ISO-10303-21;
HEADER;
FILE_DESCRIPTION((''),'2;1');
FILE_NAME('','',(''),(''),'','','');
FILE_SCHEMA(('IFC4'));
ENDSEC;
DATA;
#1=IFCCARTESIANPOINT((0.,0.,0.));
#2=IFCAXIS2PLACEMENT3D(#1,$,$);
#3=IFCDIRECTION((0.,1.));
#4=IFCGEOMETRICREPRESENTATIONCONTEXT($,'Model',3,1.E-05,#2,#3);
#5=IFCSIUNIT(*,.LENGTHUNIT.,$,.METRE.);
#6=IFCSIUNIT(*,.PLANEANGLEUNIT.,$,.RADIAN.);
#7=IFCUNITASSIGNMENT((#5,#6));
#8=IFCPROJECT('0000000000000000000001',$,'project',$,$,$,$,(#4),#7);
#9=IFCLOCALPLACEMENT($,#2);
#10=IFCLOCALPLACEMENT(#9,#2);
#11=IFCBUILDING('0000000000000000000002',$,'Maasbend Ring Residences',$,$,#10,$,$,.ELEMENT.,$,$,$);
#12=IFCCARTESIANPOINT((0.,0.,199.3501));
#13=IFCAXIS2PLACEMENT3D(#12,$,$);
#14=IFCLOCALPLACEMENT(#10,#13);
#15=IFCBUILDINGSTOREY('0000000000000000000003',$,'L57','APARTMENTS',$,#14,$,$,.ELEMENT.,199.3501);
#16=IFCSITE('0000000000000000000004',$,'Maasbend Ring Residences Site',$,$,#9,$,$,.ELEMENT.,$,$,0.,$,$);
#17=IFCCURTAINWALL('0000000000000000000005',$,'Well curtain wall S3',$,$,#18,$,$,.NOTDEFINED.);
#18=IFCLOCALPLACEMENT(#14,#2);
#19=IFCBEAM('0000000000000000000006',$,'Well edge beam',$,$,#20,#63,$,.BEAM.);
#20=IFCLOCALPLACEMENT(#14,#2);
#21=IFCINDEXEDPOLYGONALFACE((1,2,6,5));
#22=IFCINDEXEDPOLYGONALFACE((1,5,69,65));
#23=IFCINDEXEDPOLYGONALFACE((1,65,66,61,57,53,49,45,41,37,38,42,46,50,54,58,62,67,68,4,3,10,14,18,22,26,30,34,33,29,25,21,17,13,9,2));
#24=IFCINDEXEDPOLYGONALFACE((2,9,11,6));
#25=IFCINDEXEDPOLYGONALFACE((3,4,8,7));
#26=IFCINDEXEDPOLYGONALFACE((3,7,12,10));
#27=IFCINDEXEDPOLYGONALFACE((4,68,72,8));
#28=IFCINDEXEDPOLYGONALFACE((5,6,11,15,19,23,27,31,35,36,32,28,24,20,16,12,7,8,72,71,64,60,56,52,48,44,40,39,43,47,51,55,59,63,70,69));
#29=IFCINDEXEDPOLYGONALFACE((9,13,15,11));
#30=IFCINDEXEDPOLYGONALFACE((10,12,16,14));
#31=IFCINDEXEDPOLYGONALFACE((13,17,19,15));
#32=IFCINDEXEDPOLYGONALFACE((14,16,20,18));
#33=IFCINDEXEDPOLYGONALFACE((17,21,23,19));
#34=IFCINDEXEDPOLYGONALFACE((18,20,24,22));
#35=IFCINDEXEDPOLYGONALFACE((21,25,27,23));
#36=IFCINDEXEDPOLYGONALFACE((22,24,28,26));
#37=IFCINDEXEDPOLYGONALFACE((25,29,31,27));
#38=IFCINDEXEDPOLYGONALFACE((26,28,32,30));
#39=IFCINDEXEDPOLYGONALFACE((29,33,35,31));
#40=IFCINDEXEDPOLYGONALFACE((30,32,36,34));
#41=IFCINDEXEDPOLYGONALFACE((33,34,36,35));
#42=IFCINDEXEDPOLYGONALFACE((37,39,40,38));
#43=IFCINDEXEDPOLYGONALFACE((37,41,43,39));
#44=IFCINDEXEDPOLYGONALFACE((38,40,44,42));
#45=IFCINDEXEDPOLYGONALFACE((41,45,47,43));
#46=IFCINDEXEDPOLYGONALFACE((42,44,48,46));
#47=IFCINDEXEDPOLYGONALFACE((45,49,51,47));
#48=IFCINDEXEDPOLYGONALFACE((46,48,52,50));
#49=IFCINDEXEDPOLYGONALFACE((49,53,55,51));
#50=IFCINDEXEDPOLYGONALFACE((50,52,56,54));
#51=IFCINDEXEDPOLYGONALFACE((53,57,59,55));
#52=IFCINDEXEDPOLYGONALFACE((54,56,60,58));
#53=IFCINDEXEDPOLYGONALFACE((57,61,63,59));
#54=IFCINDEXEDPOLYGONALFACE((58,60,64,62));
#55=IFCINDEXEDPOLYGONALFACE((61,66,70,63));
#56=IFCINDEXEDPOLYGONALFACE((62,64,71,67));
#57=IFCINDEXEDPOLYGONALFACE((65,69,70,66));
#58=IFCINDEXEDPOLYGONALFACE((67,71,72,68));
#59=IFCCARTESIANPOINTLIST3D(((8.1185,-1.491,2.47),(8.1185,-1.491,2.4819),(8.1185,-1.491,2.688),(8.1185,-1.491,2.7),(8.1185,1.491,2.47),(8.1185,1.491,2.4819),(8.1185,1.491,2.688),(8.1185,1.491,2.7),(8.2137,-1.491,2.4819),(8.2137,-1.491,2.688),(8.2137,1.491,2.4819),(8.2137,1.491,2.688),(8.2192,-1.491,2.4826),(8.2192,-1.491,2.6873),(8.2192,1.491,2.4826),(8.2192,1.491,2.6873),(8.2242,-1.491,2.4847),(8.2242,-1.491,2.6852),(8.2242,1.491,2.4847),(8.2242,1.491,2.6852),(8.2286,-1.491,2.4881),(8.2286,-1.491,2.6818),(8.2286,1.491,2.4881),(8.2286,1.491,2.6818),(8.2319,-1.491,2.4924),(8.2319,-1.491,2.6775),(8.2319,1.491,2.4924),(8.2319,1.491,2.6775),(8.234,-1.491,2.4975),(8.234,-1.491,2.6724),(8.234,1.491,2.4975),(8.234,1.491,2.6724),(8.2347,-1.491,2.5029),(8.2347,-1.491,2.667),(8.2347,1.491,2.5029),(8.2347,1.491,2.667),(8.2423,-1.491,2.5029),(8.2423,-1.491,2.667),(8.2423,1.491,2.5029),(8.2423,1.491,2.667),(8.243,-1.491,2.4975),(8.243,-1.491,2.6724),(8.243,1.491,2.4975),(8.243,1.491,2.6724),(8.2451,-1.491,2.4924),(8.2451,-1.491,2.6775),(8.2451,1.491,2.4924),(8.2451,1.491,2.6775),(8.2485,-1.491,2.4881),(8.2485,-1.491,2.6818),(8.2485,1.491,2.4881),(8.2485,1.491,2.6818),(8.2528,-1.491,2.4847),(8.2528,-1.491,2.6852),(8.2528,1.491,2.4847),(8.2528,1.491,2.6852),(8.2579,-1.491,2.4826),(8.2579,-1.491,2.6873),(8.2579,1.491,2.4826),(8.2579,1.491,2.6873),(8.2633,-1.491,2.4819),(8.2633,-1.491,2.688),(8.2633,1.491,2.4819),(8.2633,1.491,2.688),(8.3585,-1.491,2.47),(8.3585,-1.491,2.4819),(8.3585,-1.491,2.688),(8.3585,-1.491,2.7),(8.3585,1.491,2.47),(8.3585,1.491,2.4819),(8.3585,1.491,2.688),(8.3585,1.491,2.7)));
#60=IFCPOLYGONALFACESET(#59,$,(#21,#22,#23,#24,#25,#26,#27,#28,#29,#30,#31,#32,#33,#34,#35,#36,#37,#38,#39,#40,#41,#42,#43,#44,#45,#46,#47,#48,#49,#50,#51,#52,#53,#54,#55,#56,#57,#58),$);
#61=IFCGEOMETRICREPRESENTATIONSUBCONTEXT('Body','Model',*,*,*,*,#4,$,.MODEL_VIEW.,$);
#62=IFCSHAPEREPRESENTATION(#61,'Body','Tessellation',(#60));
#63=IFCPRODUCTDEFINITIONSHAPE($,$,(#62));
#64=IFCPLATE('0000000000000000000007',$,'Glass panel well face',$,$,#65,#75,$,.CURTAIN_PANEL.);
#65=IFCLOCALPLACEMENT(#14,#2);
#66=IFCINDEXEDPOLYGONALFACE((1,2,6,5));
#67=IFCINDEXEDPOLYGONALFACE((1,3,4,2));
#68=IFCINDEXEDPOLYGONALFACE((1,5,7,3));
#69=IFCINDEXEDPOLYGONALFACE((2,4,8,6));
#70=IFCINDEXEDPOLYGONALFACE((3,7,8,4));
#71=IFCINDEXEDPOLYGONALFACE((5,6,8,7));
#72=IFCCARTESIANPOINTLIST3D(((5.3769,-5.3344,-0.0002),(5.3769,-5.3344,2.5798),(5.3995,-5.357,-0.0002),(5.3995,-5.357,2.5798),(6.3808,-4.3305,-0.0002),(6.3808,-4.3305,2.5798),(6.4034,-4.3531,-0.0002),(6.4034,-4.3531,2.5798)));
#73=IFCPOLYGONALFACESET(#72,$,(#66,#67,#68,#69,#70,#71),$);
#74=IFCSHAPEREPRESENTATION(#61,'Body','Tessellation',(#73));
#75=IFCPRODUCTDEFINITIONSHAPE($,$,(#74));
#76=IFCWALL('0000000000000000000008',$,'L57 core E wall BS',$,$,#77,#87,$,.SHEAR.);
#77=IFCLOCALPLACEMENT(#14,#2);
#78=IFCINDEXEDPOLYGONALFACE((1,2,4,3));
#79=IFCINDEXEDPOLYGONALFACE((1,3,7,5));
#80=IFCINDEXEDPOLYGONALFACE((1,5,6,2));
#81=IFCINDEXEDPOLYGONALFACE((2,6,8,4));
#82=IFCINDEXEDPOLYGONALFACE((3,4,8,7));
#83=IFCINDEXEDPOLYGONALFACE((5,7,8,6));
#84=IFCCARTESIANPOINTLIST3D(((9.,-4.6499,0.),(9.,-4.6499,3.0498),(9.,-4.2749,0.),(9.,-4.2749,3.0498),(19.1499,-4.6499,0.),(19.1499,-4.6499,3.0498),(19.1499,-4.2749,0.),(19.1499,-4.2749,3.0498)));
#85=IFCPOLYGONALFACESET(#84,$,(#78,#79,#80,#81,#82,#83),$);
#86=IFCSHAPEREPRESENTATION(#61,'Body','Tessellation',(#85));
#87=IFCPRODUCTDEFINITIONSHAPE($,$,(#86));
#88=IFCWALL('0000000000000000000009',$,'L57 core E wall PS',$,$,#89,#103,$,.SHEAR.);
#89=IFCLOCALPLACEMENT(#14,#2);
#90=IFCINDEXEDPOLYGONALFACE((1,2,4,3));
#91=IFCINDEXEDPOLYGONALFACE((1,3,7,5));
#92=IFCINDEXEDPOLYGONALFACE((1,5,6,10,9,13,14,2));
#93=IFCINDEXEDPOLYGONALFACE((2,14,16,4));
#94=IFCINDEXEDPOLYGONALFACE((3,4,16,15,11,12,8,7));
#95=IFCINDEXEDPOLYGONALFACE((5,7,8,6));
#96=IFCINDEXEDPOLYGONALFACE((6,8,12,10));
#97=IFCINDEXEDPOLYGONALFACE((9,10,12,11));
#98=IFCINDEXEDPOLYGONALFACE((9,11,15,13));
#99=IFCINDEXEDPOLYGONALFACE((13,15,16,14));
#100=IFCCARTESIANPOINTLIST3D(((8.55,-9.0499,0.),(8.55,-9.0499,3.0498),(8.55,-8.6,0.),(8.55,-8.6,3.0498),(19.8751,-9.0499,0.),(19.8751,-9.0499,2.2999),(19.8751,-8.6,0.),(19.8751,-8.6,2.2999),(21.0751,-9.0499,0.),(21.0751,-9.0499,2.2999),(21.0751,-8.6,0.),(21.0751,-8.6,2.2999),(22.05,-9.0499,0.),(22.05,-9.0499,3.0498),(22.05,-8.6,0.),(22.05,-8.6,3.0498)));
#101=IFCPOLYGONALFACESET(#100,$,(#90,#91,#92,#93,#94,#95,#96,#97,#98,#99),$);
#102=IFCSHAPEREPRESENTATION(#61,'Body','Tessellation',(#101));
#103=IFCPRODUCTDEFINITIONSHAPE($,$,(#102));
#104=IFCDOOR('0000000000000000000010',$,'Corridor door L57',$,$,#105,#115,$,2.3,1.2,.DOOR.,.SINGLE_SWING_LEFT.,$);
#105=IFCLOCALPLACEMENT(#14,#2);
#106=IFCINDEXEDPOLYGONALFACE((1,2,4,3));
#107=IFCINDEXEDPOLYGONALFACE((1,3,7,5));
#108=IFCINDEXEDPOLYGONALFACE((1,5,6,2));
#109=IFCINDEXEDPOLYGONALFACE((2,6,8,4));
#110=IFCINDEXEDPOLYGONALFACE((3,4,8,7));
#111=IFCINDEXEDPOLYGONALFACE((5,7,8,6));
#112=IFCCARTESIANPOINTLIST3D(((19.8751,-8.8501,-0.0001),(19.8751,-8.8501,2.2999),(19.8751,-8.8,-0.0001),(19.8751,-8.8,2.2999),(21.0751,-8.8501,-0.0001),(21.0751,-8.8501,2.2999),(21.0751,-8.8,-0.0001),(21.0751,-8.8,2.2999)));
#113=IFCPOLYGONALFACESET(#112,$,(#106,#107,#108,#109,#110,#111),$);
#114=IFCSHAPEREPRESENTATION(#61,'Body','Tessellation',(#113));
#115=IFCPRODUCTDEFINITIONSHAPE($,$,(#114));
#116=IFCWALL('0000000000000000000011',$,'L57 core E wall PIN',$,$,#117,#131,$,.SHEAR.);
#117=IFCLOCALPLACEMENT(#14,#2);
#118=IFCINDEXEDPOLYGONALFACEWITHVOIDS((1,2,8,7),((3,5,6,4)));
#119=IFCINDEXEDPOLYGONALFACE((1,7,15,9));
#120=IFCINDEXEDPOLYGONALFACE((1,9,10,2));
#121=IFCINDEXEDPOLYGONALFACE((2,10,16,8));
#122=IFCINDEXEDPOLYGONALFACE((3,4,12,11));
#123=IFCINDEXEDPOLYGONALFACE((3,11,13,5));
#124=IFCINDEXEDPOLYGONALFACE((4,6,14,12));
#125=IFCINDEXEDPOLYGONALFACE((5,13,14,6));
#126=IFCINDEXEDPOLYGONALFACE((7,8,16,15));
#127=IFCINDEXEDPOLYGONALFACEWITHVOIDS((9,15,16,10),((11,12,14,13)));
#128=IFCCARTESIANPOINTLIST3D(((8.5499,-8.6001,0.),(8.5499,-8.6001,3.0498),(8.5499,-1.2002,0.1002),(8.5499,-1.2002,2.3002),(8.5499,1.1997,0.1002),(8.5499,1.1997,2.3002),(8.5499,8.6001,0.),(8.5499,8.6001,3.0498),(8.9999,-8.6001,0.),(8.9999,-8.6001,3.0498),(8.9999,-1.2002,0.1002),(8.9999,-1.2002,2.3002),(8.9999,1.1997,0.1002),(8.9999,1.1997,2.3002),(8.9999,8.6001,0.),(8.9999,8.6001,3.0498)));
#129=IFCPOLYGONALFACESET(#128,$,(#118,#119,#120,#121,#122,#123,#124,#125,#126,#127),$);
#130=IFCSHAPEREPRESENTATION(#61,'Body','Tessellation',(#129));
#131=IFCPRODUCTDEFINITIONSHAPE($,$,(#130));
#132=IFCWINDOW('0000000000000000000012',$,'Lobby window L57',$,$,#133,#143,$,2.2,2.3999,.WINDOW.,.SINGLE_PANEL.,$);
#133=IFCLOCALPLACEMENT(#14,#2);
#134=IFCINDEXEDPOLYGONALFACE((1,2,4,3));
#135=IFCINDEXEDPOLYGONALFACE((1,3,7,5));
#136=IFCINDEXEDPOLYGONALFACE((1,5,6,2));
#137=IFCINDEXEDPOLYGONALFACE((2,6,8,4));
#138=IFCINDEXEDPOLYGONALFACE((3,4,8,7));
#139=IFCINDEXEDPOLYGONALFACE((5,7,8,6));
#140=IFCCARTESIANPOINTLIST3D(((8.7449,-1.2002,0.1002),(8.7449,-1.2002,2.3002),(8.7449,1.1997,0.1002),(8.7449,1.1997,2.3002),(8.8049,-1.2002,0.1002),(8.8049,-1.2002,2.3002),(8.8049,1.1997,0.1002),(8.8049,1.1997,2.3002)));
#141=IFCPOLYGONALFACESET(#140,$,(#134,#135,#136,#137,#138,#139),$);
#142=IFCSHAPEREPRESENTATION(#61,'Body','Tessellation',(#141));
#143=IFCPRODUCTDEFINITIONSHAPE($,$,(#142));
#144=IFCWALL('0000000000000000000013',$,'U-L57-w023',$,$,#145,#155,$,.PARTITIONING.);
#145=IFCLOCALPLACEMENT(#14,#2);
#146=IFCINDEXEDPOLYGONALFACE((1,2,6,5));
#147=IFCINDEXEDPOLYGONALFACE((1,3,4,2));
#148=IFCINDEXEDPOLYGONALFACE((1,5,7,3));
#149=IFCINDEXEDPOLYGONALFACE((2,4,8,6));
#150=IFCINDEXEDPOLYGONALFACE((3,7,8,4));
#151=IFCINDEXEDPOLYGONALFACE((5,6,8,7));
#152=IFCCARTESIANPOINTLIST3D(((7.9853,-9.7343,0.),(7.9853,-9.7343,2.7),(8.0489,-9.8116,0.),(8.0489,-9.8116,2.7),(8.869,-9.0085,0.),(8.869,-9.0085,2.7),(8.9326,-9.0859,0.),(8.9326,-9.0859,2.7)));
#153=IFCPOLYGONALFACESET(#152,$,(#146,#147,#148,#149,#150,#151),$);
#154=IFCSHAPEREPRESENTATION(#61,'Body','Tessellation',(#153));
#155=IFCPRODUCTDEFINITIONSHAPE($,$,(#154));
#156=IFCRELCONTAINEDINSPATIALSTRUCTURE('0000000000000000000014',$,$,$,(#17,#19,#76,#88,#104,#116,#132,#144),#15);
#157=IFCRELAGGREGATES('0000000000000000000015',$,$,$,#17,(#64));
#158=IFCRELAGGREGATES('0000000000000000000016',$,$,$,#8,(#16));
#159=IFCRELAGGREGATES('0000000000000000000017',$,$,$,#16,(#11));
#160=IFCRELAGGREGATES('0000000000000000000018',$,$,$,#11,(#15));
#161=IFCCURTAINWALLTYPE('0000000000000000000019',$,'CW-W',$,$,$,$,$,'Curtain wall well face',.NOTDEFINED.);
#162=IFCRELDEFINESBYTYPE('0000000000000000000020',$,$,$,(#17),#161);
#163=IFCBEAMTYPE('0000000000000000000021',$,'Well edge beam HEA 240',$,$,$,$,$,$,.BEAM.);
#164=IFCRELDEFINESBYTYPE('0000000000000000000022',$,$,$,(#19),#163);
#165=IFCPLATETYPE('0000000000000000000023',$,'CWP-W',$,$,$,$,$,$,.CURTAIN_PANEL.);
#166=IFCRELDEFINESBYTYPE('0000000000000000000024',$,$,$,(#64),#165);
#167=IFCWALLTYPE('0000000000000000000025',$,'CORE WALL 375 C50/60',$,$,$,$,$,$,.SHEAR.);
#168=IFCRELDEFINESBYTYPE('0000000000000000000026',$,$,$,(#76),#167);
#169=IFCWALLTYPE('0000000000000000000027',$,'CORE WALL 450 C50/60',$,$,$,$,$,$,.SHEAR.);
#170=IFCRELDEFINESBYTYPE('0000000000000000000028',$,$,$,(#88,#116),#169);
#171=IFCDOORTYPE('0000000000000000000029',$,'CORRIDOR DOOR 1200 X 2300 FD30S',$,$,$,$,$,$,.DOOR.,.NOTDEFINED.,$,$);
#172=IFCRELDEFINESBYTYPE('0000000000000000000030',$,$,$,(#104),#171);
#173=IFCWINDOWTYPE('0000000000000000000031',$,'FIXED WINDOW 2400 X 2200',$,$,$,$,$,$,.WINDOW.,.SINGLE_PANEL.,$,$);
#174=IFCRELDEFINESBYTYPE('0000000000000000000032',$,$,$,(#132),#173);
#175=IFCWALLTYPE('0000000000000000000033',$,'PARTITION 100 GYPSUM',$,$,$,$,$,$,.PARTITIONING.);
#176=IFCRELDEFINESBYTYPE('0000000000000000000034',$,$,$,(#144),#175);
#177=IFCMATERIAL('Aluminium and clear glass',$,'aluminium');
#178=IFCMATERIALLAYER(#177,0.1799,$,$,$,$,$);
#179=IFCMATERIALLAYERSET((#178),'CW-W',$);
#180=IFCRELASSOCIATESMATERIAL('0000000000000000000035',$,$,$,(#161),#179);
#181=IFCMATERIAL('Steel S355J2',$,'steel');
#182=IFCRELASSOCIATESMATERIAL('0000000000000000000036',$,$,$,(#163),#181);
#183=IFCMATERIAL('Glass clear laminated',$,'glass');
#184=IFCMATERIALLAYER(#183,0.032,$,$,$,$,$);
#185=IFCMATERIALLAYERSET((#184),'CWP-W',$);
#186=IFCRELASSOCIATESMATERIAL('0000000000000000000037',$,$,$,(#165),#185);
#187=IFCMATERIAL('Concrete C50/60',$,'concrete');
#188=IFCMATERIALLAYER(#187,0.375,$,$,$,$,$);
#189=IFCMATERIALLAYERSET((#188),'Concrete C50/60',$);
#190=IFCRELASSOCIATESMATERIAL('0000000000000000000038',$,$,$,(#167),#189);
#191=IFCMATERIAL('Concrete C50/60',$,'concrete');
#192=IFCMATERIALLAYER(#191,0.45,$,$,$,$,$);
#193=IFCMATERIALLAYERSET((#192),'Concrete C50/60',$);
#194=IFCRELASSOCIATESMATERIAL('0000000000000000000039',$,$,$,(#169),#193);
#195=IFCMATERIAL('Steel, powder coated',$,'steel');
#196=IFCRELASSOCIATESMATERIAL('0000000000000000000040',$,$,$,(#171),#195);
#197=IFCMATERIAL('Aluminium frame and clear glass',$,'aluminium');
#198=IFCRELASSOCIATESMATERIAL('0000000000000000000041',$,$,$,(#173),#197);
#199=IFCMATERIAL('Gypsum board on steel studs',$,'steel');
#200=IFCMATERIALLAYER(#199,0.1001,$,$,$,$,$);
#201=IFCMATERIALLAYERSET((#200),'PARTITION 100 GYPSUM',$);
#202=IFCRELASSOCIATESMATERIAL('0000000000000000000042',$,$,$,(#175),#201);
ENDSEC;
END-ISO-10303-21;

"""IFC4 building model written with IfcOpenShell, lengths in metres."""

from ifc_helpers import new_model, si_unit, direction, frame, frame_2d, origin, origin_2d, place, context, subcontext, project, spatial, rectangle, i_section, extrude, material, layer, layer_set, material_profile, profile_set, type_object, element, fill, aggregate, save


model = new_model("IFC4")

# Units and contexts
model_context = context("Model", 3, precision=1e-05, world=origin(), true_north=direction((0.0, 1.0)))
body_context = subcontext(model_context, "Body", "Model", "MODEL_VIEW")
ifc_project = project(units=[si_unit("LENGTHUNIT", "METRE"), si_unit("PLANEANGLEUNIT", "RADIAN")], contexts=[model_context])

# Site, building, storey
site_placement = place(None, origin())
site = spatial("IfcSite", under=ifc_project, at=site_placement, Name="Maasbend Ring Residences Site", CompositionType="ELEMENT", RefElevation=0.0)
building_placement = place(site_placement, origin())
building = spatial("IfcBuilding", under=site, at=building_placement, Name="Maasbend Ring Residences", CompositionType="ELEMENT")
storey_placement = place(building_placement, frame((0.0, 0.0, 199.3501)))
storey = spatial("IfcBuildingStorey", under=building, at=storey_placement, Name="L57", Description="APARTMENTS", CompositionType="ELEMENT", Elevation=199.3501)

# Curtain wall
ifc_material_1 = material(Name="Aluminium and clear glass", Category="aluminium")
ifc_layer_1 = layer(ifc_material_1, 0.1799)
ifc_layer_set_1 = layer_set([ifc_layer_1], Name="CW-W")
curtain_wall_type = type_object("IfcCurtainWallType", Name="CW-W", ElementType="Curtain wall well face", PredefinedType="NOTDEFINED", material=ifc_layer_set_1)
curtain_wall_placement = place(storey_placement, origin())
curtain_wall = element("IfcCurtainWall", 1, at=curtain_wall_placement, inside=storey, type_object=curtain_wall_type, Name="Well curtain wall S3", PredefinedType="NOTDEFINED")

# Beam
ifc_material_2 = material(Name="Steel S355J2", Category="steel")
ifc_material_profile_1 = material_profile(ifc_material_2, i_section(OverallWidth=0.24, OverallDepth=0.23, WebThickness=0.0076, FlangeThickness=0.012, FilletRadius=0.021, at=origin_2d()), Name="HEA 240")
ifc_profile_set_1 = profile_set([ifc_material_profile_1], Name="Steel S355J2")
beam_type = type_object("IfcBeamType", Name="Well edge beam HEA 240", PredefinedType="BEAM", material=ifc_profile_set_1)
beam_1_placement = place(storey_placement, frame((8.2385, -1.491, 2.585), z_axis=(0.0, 1.0, 0.0), x_axis=(-1.0, 0.0, 0.0)))
element("IfcBeam", 2, at=beam_1_placement, inside=storey, type_object=beam_type, Name="Well edge beam", PredefinedType="BEAM", context=body_context, shape_type="SweptSolid", body=[
    extrude(i_section(OverallWidth=0.24, OverallDepth=0.23, WebThickness=0.0076, FlangeThickness=0.012, FilletRadius=0.021, at=origin_2d()), origin(), (0.0, 0.0, 1.0), 2.9819),
])

# Plate
ifc_material_3 = material(Name="Glass clear laminated", Category="glass")
ifc_layer_2 = layer(ifc_material_3, 0.032)
ifc_layer_set_2 = layer_set([ifc_layer_2], Name="CWP-W")
plate_type = type_object("IfcPlateType", Name="CWP-W", PredefinedType="CURTAIN_PANEL", material=ifc_layer_set_2)
plate_placement = place(storey_placement, frame((5.8901, -4.8438, -0.0002), z_axis=(0.0, 0.0, 1.0), x_axis=(0.707107, 0.707107, 0.0)))
plate = element("IfcPlate", 3, at=plate_placement, type_object=plate_type, Name="Glass panel well face", PredefinedType="CURTAIN_PANEL", context=body_context, shape_type="SweptSolid", body=[
    extrude(rectangle(XDim=1.4197, YDim=0.032, at=origin_2d()), origin(), (0.0, 0.0, 1.0), 2.5801),
])
aggregate(curtain_wall, [plate])

# Wall
ifc_material_4 = material(Name="Concrete C50/60", Category="concrete")
ifc_layer_3 = layer(ifc_material_4, 0.375)
ifc_layer_set_3 = layer_set([ifc_layer_3], Name="Concrete C50/60")
wall_type_1 = type_object("IfcWallType", Name="CORE WALL 375 C50/60", PredefinedType="SHEAR", material=ifc_layer_set_3)
wall_1_placement = place(storey_placement, frame((9.0, -4.4624, 0.0), z_axis=(0.0, 0.0, 1.0), x_axis=(1.0, 0.0, 0.0)))
element("IfcWall", 4, at=wall_1_placement, inside=storey, type_object=wall_type_1, Name="L57 core E wall BS", PredefinedType="SHEAR", context=body_context, shape_type="SweptSolid", body=[
    extrude(rectangle(XDim=10.1499, YDim=0.375, at=frame_2d((5.075, 0.0))), origin(), (0.0, 0.0, 1.0), 3.0498),
])

# Wall, opening, door
ifc_material_5 = material(Name="Concrete C50/60", Category="concrete")
ifc_layer_4 = layer(ifc_material_5, 0.45)
ifc_layer_set_4 = layer_set([ifc_layer_4], Name="Concrete C50/60")
wall_type_2 = type_object("IfcWallType", Name="CORE WALL 450 C50/60", PredefinedType="SHEAR", material=ifc_layer_set_4)
wall_2_placement = place(storey_placement, frame((8.55, -8.825, 0.0), z_axis=(0.0, 0.0, 1.0), x_axis=(1.0, 0.0, 0.0)))
wall_2 = element("IfcWall", 5, at=wall_2_placement, inside=storey, type_object=wall_type_2, Name="L57 core E wall PS", PredefinedType="SHEAR", context=body_context, shape_type="SweptSolid", body=[
    extrude(rectangle(XDim=13.5, YDim=0.45, at=frame_2d((6.75, 0.0))), origin(), (0.0, 0.0, 1.0), 3.0498),
])
opening_1_placement = place(wall_2_placement, frame((11.325, 0.0, 0.0)))
opening_1 = element("IfcOpeningElement", 6, at=opening_1_placement, cuts=wall_2, PredefinedType="OPENING", context=body_context, shape_type="SweptSolid", body=[
    extrude(rectangle(XDim=1.2, YDim=2.3, at=frame_2d((0.6001, 1.1499))), frame((0.0, 0.2349, 0.0), z_axis=(0.0, -1.0, 0.0), x_axis=(1.0, 0.0, 0.0)), (0.0, 0.0, 1.0), 0.47),
])
ifc_material_6 = material(Name="Steel, powder coated", Category="steel")
door_type_1 = type_object("IfcDoorType", Name="CORRIDOR DOOR 1200 X 2300 FD30S", OperationType="NOTDEFINED", PredefinedType="DOOR", material=ifc_material_6)
door_1_placement = place(opening_1_placement, origin())
door_1 = element("IfcDoor", 7, at=door_1_placement, inside=storey, type_object=door_type_1, Name="Corridor door L57", OperationType="SINGLE_SWING_LEFT", OverallHeight=2.3, OverallWidth=1.2, PredefinedType="DOOR", context=body_context, shape_type="SweptSolid", body=[
    extrude(rectangle(XDim=1.2, YDim=2.3, at=frame_2d((0.6001, 1.1499))), frame((0.0, 0.0249, 0.0), z_axis=(0.0, -1.0, 0.0), x_axis=(1.0, 0.0, 0.0)), (0.0, 0.0, 1.0), 0.05),
])
fill(opening_1, door_1)

# Wall, opening, window
wall_3_placement = place(storey_placement, frame((8.7749, -8.6001, 0.0), z_axis=(0.0, 0.0, 1.0), x_axis=(0.0, 1.0, 0.0)))
wall_3 = element("IfcWall", 8, at=wall_3_placement, inside=storey, type_object=wall_type_2, Name="L57 core E wall PIN", PredefinedType="SHEAR", context=body_context, shape_type="SweptSolid", body=[
    extrude(rectangle(XDim=17.2002, YDim=0.45, at=frame_2d((8.6001, 0.0))), origin(), (0.0, 0.0, 1.0), 3.0498),
])
opening_2_placement = place(wall_3_placement, frame((7.3999, 0.0, 0.1001)))
opening_2 = element("IfcOpeningElement", 9, at=opening_2_placement, cuts=wall_3, PredefinedType="OPENING", context=body_context, shape_type="SweptSolid", body=[
    extrude(rectangle(XDim=2.3999, YDim=2.2, at=frame_2d((1.2, 1.1001))), frame((0.0, 0.2349, 0.0), z_axis=(0.0, -1.0, 0.0), x_axis=(1.0, 0.0, 0.0)), (0.0, 0.0, 1.0), 0.47),
])
ifc_material_7 = material(Name="Aluminium frame and clear glass", Category="aluminium")
window_type = type_object("IfcWindowType", Name="FIXED WINDOW 2400 X 2200", PartitioningType="SINGLE_PANEL", PredefinedType="WINDOW", material=ifc_material_7)
window_placement = place(opening_2_placement, origin())
window = element("IfcWindow", 10, at=window_placement, inside=storey, type_object=window_type, Name="Lobby window L57", OverallHeight=2.2, OverallWidth=2.3999, PartitioningType="SINGLE_PANEL", PredefinedType="WINDOW", context=body_context, shape_type="SweptSolid", body=[
    extrude(rectangle(XDim=2.3999, YDim=2.2, at=frame_2d((1.2, 1.1001))), frame((0.0, 0.03, 0.0), z_axis=(0.0, -1.0, 0.0), x_axis=(1.0, 0.0, 0.0)), (0.0, 0.0, 1.0), 0.0601),
])
fill(opening_2, window)

# Wall
ifc_material_8 = material(Name="Gypsum board on steel studs", Category="steel")
ifc_layer_5 = layer(ifc_material_8, 0.1001)
ifc_layer_set_5 = layer_set([ifc_layer_5], Name="PARTITION 100 GYPSUM")
wall_type_3 = type_object("IfcWallType", Name="PARTITION 100 GYPSUM", PredefinedType="PARTITIONING", material=ifc_layer_set_5)
wall_4_placement = place(storey_placement, frame((8.0171, -9.7729, 0.0), z_axis=(0.0, 0.0, 1.0), x_axis=(0.772786, 0.634667, 0.0)))
element("IfcWall", 11, at=wall_4_placement, inside=storey, type_object=wall_type_3, Name="U-L57-w023", PredefinedType="PARTITIONING", context=body_context, shape_type="SweptSolid", body=[
    extrude(rectangle(XDim=1.1436, YDim=0.1001, at=frame_2d((0.5718, 0.0))), origin(), (0.0, 0.0, 1.0), 2.7),
])

save(model, "model.ifc")
